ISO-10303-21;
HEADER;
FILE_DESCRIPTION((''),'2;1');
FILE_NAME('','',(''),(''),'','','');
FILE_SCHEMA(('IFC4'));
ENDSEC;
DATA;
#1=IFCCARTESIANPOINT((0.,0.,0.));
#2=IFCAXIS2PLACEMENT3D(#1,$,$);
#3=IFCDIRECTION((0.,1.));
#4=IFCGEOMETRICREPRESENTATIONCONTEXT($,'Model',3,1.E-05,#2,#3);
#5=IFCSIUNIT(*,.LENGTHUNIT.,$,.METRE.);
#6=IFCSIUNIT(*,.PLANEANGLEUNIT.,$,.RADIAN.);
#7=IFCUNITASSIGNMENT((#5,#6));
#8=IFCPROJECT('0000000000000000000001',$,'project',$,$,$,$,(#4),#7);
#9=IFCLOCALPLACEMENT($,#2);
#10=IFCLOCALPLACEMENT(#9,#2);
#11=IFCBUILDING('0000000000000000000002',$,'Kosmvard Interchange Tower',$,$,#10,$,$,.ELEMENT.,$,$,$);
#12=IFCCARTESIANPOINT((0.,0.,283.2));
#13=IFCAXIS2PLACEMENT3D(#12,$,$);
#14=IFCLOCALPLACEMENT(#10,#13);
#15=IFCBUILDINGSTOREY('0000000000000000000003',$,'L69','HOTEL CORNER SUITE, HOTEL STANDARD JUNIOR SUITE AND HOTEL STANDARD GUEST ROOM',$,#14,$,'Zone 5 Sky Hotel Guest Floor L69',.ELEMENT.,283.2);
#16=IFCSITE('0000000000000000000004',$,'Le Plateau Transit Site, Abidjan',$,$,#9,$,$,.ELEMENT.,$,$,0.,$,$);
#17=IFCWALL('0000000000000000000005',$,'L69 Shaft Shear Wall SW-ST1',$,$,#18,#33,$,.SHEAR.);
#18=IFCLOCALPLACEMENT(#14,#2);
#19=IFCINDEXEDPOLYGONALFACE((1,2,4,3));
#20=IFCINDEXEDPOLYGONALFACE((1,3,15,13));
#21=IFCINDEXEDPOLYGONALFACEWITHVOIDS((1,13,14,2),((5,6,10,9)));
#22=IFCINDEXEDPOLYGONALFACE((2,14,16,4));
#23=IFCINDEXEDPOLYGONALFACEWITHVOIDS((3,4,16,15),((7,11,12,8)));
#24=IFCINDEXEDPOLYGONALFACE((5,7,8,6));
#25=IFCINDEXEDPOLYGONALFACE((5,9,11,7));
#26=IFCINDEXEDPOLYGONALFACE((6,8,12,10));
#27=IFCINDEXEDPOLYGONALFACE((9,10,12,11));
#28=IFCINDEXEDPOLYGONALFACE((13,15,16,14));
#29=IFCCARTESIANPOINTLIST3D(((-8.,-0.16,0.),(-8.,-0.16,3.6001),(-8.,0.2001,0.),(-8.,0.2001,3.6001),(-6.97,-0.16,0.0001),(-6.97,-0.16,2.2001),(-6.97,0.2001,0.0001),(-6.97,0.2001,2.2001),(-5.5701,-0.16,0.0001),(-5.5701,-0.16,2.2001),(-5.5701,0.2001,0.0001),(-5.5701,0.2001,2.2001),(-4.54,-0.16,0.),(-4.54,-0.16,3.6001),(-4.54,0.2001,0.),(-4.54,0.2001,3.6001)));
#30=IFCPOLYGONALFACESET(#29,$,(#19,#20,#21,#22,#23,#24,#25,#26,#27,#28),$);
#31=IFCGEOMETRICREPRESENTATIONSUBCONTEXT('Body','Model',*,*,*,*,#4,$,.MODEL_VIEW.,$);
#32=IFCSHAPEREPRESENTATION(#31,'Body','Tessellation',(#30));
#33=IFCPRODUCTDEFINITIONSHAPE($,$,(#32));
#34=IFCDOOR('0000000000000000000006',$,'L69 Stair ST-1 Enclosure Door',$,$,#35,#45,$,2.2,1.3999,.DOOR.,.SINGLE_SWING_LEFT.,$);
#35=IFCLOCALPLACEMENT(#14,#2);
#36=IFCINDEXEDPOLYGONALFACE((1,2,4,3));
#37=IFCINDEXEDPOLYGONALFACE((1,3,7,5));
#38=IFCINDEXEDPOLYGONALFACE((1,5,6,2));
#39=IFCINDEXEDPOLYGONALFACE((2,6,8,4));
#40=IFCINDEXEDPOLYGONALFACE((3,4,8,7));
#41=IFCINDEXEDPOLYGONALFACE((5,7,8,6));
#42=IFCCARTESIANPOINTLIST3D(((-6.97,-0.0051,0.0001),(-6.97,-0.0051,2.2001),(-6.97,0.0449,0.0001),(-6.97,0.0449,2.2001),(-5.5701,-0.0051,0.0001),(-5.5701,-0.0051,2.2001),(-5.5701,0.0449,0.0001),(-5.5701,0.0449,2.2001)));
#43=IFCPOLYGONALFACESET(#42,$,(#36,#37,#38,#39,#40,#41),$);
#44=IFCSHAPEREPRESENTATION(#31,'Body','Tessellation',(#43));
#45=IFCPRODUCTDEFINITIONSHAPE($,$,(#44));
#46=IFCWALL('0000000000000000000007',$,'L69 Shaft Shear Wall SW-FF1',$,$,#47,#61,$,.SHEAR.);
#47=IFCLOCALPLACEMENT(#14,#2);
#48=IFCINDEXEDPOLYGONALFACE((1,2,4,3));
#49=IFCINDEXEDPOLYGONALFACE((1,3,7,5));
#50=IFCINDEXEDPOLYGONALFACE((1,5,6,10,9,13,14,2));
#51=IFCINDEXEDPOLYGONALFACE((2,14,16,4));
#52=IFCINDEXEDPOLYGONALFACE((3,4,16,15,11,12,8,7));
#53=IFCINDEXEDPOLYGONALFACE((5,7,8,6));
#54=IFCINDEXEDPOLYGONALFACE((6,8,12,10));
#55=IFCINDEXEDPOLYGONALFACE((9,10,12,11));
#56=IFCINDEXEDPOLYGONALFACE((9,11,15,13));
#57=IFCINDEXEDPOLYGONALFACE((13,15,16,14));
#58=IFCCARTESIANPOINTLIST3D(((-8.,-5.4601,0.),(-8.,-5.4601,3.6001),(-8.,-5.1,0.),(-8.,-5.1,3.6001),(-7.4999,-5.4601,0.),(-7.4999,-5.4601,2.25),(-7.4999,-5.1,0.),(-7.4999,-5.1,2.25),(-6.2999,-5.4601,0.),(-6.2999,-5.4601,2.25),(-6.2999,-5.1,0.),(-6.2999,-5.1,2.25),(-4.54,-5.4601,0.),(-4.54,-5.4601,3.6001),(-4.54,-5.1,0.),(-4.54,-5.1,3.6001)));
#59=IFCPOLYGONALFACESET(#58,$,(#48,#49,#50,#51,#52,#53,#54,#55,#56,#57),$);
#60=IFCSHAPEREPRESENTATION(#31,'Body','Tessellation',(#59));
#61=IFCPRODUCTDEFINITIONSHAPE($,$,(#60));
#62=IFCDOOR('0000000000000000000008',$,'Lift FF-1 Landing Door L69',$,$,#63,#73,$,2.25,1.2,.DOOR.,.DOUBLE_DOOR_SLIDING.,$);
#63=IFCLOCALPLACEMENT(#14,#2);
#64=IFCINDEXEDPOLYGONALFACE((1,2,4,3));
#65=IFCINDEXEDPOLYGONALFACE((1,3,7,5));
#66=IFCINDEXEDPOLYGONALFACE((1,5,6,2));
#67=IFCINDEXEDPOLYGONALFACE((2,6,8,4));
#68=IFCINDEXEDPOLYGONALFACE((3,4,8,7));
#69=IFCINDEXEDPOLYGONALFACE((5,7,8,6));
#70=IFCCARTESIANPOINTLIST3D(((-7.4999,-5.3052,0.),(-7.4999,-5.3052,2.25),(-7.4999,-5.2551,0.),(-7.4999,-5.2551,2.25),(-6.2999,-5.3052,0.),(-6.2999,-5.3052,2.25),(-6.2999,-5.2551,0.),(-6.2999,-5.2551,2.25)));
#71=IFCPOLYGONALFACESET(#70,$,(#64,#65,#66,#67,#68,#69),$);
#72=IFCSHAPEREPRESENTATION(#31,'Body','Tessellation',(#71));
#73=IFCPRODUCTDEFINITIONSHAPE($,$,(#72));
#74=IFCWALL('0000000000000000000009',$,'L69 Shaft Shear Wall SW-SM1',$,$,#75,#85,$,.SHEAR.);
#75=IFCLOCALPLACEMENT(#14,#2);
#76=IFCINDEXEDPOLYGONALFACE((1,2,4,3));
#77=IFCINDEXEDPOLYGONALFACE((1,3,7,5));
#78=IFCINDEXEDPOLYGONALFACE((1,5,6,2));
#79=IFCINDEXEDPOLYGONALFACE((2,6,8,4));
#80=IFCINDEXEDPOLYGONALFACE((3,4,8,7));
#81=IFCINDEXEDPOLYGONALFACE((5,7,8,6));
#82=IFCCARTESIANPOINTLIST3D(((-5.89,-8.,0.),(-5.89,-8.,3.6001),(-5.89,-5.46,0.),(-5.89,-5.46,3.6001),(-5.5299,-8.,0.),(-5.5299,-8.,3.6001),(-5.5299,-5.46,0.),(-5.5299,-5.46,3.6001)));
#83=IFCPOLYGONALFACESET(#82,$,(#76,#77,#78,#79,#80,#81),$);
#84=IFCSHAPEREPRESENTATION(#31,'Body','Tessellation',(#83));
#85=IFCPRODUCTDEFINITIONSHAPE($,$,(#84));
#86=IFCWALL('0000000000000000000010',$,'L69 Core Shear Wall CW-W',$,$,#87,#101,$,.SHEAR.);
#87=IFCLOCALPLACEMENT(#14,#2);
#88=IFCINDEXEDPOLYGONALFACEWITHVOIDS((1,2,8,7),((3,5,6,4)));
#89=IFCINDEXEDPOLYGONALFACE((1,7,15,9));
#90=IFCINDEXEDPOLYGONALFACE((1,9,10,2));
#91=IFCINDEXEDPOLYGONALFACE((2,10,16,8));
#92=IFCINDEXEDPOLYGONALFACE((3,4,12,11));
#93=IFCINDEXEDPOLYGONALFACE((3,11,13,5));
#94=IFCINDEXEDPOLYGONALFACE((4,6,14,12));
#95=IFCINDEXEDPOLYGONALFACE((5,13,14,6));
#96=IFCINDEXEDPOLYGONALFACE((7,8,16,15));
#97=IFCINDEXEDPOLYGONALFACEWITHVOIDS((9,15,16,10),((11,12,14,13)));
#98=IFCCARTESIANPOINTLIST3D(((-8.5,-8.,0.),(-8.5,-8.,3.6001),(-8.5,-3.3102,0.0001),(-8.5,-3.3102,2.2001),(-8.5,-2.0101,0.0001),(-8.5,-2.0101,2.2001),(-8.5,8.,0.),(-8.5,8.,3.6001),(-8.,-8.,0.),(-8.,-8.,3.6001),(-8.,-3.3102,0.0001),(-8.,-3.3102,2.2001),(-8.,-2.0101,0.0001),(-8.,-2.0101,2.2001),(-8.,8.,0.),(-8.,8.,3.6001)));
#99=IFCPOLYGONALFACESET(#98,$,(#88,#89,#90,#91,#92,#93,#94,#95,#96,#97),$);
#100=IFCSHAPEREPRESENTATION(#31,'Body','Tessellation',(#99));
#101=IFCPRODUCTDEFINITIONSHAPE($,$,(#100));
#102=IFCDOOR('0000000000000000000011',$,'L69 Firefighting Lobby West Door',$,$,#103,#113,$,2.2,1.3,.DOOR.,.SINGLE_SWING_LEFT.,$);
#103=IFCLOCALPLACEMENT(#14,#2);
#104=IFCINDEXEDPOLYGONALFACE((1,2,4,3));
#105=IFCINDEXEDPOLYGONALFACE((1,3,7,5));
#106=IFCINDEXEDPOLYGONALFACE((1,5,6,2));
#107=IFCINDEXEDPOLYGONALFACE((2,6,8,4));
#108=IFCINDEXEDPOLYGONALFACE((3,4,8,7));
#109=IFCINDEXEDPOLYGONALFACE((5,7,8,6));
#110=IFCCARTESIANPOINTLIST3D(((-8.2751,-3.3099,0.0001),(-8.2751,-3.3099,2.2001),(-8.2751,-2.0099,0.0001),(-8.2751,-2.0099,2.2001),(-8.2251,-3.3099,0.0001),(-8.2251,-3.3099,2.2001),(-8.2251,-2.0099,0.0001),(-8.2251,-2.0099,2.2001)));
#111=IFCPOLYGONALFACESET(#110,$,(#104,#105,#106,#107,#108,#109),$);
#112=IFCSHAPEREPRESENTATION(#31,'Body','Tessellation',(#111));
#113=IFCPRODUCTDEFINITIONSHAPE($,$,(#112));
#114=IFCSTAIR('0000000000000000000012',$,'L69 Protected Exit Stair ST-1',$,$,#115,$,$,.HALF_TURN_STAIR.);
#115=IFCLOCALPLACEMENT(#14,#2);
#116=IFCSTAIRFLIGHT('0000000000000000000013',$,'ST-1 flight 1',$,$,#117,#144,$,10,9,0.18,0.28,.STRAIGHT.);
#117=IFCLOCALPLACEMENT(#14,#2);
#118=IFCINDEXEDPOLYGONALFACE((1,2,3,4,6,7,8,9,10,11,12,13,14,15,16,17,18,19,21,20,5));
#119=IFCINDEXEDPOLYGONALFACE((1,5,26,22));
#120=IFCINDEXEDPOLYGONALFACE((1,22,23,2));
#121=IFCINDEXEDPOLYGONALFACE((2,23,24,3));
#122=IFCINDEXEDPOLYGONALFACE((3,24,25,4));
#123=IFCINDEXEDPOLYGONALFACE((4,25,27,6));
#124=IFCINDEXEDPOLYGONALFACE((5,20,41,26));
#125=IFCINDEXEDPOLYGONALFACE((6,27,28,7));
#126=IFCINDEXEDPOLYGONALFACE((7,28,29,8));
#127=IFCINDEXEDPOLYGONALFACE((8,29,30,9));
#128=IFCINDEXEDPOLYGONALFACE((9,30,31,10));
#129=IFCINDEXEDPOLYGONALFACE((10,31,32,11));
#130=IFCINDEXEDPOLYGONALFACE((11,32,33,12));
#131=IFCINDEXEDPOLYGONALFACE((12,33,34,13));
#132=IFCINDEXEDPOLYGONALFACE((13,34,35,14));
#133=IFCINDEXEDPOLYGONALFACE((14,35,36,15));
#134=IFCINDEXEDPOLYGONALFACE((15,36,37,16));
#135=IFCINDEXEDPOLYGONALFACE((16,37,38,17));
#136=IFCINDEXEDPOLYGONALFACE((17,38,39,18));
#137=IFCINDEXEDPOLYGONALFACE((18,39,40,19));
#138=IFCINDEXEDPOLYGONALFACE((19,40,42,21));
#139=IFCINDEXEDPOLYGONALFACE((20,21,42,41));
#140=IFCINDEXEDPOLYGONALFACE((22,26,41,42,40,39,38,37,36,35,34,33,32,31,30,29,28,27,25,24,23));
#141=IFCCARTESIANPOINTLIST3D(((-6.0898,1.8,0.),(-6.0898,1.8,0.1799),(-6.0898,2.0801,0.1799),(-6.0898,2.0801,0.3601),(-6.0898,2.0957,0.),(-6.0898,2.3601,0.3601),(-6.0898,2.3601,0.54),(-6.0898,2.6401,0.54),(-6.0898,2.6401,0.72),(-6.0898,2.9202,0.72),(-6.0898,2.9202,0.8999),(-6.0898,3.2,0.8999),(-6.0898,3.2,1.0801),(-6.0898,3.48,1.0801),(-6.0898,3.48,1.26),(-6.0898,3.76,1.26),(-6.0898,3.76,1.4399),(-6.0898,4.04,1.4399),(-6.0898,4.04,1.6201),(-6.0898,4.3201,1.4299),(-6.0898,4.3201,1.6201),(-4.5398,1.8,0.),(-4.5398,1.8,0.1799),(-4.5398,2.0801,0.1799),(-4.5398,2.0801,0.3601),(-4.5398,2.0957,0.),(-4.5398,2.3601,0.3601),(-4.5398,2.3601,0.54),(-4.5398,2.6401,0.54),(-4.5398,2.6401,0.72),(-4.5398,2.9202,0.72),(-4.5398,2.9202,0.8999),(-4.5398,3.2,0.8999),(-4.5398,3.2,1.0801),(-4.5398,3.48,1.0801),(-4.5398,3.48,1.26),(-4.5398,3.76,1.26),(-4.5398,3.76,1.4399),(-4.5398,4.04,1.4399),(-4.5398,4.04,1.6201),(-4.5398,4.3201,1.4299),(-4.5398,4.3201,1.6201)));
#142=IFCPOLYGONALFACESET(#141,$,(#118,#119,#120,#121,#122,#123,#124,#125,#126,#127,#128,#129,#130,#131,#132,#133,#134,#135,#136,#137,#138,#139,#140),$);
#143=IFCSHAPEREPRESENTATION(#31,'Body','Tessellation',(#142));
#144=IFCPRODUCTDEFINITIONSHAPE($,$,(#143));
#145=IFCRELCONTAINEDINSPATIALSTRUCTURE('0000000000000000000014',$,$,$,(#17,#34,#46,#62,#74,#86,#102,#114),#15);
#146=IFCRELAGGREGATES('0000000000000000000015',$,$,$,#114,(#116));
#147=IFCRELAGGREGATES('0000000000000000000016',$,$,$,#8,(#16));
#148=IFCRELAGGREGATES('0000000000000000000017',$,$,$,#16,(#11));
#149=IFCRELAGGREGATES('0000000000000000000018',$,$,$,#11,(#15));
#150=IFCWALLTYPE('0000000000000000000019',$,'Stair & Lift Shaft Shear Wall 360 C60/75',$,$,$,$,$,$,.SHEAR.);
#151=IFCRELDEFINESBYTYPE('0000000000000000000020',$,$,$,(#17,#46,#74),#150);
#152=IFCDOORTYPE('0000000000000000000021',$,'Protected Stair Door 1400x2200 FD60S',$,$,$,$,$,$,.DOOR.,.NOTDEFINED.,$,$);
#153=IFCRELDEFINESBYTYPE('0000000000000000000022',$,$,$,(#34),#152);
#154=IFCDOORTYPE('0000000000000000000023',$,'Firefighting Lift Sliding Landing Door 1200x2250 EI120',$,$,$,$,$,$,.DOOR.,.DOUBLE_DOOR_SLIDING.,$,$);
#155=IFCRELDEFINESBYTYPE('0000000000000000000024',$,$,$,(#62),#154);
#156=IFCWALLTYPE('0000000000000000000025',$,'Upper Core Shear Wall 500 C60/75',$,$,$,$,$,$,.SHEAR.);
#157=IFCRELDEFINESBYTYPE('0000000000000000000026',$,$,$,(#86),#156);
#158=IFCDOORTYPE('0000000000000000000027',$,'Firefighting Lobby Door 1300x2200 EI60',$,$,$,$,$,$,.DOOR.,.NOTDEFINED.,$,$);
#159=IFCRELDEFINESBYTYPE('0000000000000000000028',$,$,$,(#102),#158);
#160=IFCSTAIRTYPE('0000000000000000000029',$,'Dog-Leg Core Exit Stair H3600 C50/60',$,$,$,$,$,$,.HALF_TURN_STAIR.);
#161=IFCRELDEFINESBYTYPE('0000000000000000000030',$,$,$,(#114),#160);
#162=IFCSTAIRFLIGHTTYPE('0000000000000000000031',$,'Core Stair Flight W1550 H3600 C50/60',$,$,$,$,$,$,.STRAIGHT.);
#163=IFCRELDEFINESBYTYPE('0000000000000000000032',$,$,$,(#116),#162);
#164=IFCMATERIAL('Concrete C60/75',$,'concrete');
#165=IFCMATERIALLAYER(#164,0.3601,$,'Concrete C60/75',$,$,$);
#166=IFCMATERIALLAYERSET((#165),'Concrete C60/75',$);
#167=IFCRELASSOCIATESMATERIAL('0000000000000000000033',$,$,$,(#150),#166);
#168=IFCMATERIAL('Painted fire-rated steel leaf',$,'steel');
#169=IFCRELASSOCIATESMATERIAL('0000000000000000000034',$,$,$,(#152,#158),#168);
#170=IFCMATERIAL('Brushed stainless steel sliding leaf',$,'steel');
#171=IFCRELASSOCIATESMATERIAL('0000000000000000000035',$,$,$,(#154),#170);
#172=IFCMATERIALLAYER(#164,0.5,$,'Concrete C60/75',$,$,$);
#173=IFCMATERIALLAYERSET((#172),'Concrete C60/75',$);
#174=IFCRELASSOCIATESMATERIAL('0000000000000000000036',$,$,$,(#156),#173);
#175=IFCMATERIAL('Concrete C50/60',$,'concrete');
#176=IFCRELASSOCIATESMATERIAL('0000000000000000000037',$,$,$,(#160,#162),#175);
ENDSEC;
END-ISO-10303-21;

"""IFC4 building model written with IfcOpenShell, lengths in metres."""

from ifc_helpers import new_model, si_unit, direction, frame, frame_2d, origin, place, context, subcontext, project, spatial, polyline, rectangle, outline, extrude, source, transform, mapped, material, layer, layer_set, type_object, element, fill, aggregate, save


model = new_model("IFC4")

# Units and contexts
model_context = context("Model", 3, precision=1e-05, world=origin(), true_north=direction((0.0, 1.0)))
body_context = subcontext(model_context, "Body", "Model", "MODEL_VIEW")
ifc_project = project(units=[si_unit("LENGTHUNIT", "METRE"), si_unit("PLANEANGLEUNIT", "RADIAN")], contexts=[model_context])

# Site, building, storey
site_placement = place(None, origin())
site = spatial("IfcSite", under=ifc_project, at=site_placement, Name="Le Plateau Transit Site, Abidjan", CompositionType="ELEMENT", RefElevation=0.0)
building_placement = place(site_placement, origin())
building = spatial("IfcBuilding", under=site, at=building_placement, Name="Kosmvard Interchange Tower", CompositionType="ELEMENT")
storey_placement = place(building_placement, frame((0.0, 0.0, 283.2)))
storey = spatial("IfcBuildingStorey", under=building, at=storey_placement, Name="L69", Description="HOTEL CORNER SUITE, HOTEL STANDARD JUNIOR SUITE AND HOTEL STANDARD GUEST ROOM", LongName="Zone 5 Sky Hotel Guest Floor L69", CompositionType="ELEMENT", Elevation=283.2)

# Shared definitions
ifc_material_1 = material(Name="Painted fire-rated steel leaf", Category="steel")
ifc_material_2 = material(Name="Brushed stainless steel sliding leaf", Category="steel")

# Shared definitions
ifc_material_3 = material(Name="Concrete C60/75", Category="concrete")
ifc_layer_1 = layer(ifc_material_3, 0.3601, Name="Concrete C60/75")
ifc_layer_set_1 = layer_set([ifc_layer_1], Name="Concrete C60/75")
wall_type_1 = type_object("IfcWallType", Name="Stair & Lift Shaft Shear Wall 360 C60/75", PredefinedType="SHEAR", material=ifc_layer_set_1)

# Walls, openings, doors
wall_1_placement = place(storey_placement, frame((-8.0, 0.02, 0.0), z_axis=(0.0, 0.0, 1.0), x_axis=(1.0, 0.0, 0.0)))
wall_1 = element("IfcWall", 1, at=wall_1_placement, inside=storey, type_object=wall_type_1, Name="L69 Shaft Shear Wall SW-ST1", PredefinedType="SHEAR", context=body_context, shape_type="SweptSolid", body=[
    extrude(rectangle(XDim=3.46, YDim=0.3601, at=frame_2d((1.73, 0.0))), origin(), (0.0, 0.0, 1.0), 3.6001),
])
opening_1_placement = place(wall_1_placement, frame((1.03, 0.0, 0.0)))
opening_1 = element("IfcOpeningElement", 2, at=opening_1_placement, cuts=wall_1, PredefinedType="OPENING", context=body_context, shape_type="SweptSolid", body=[
    extrude(rectangle(XDim=1.3999, YDim=2.2, at=frame_2d((0.7, 1.1001))), frame((0.0, 0.1899, 0.0), z_axis=(0.0, -1.0, 0.0), x_axis=(1.0, 0.0, 0.0)), (0.0, 0.0, 1.0), 0.3801),
])
door_type_1 = type_object("IfcDoorType", Name="Protected Stair Door 1400x2200 FD60S", OperationType="NOTDEFINED", PredefinedType="DOOR", material=ifc_material_1)
shared_shape_1 = source(origin(), body_context, "Body", "SweptSolid", [
    extrude(rectangle(XDim=1.3999, YDim=2.2, at=frame_2d((0.7, 1.1001))), frame((0.0, 0.0249, 0.0), z_axis=(0.0, -1.0, 0.0), x_axis=(1.0, 0.0, 0.0)), (0.0, 0.0, 1.0), 0.05),
])
door_1_placement = place(opening_1_placement, origin())
door_1 = element("IfcDoor", 3, at=door_1_placement, inside=storey, type_object=door_type_1, Name="L69 Stair ST-1 Enclosure Door", OperationType="SINGLE_SWING_LEFT", OverallHeight=2.2, OverallWidth=1.3999, PredefinedType="DOOR", context=body_context, shape_type="MappedRepresentation", body=[
    mapped(shared_shape_1, transform((0.0, 0.0, 0.0), scale=1.0)),
])
fill(opening_1, door_1)
wall_2_placement = place(storey_placement, frame((-8.0, -5.28, 0.0), z_axis=(0.0, 0.0, 1.0), x_axis=(1.0, 0.0, 0.0)))
wall_2 = element("IfcWall", 4, at=wall_2_placement, inside=storey, type_object=wall_type_1, Name="L69 Shaft Shear Wall SW-FF1", PredefinedType="SHEAR", context=body_context, shape_type="SweptSolid", body=[
    extrude(rectangle(XDim=3.46, YDim=0.3601, at=frame_2d((1.73, 0.0))), origin(), (0.0, 0.0, 1.0), 3.6001),
])
opening_2_placement = place(wall_2_placement, frame((0.5, 0.0, 0.0)))
opening_2 = element("IfcOpeningElement", 5, at=opening_2_placement, cuts=wall_2, PredefinedType="OPENING", context=body_context, shape_type="SweptSolid", body=[
    extrude(rectangle(XDim=1.2, YDim=2.25, at=frame_2d((0.6001, 1.125))), frame((0.0, 0.1899, 0.0), z_axis=(0.0, -1.0, 0.0), x_axis=(1.0, 0.0, 0.0)), (0.0, 0.0, 1.0), 0.3801),
])
door_type_2 = type_object("IfcDoorType", Name="Firefighting Lift Sliding Landing Door 1200x2250 EI120", OperationType="DOUBLE_DOOR_SLIDING", PredefinedType="DOOR", material=ifc_material_2)
shared_shape_2 = source(origin(), body_context, "Body", "SweptSolid", [
    extrude(rectangle(XDim=1.2, YDim=2.25, at=frame_2d((0.6001, 1.125))), frame((0.0, 0.0249, 0.0), z_axis=(0.0, -1.0, 0.0), x_axis=(1.0, 0.0, 0.0)), (0.0, 0.0, 1.0), 0.05),
])
door_2_placement = place(opening_2_placement, origin())
door_2 = element("IfcDoor", 6, at=door_2_placement, inside=storey, type_object=door_type_2, Name="Lift FF-1 Landing Door L69", OperationType="DOUBLE_DOOR_SLIDING", OverallHeight=2.25, OverallWidth=1.2, PredefinedType="DOOR", context=body_context, shape_type="MappedRepresentation", body=[
    mapped(shared_shape_2, transform((0.0, 0.0, 0.0), scale=1.0)),
])
fill(opening_2, door_2)

# Wall
wall_3_placement = place(storey_placement, frame((-5.71, -8.0, 0.0), z_axis=(0.0, 0.0, 1.0), x_axis=(0.0, 1.0, 0.0)))
element("IfcWall", 7, at=wall_3_placement, inside=storey, type_object=wall_type_1, Name="L69 Shaft Shear Wall SW-SM1", PredefinedType="SHEAR", context=body_context, shape_type="SweptSolid", body=[
    extrude(rectangle(XDim=2.54, YDim=0.3601, at=frame_2d((1.27, 0.0))), origin(), (0.0, 0.0, 1.0), 3.6001),
])

# Wall, opening, door
ifc_layer_2 = layer(ifc_material_3, 0.5, Name="Concrete C60/75")
ifc_layer_set_2 = layer_set([ifc_layer_2], Name="Concrete C60/75")
wall_type_2 = type_object("IfcWallType", Name="Upper Core Shear Wall 500 C60/75", PredefinedType="SHEAR", material=ifc_layer_set_2)
wall_4_placement = place(storey_placement, frame((-8.25, -8.0, 0.0), z_axis=(0.0, 0.0, 1.0), x_axis=(0.0, 1.0, 0.0)))
wall_4 = element("IfcWall", 8, at=wall_4_placement, inside=storey, type_object=wall_type_2, Name="L69 Core Shear Wall CW-W", PredefinedType="SHEAR", context=body_context, shape_type="SweptSolid", body=[
    extrude(rectangle(XDim=16.0, YDim=0.5, at=frame_2d((8.0, 0.0))), origin(), (0.0, 0.0, 1.0), 3.6001),
])
opening_3_placement = place(wall_4_placement, frame((4.6899, 0.0, 0.0)))
opening_3 = element("IfcOpeningElement", 9, at=opening_3_placement, cuts=wall_4, PredefinedType="OPENING", context=body_context, shape_type="SweptSolid", body=[
    extrude(rectangle(XDim=1.3, YDim=2.2, at=frame_2d((0.6499, 1.1001))), frame((0.0, 0.26, 0.0), z_axis=(0.0, -1.0, 0.0), x_axis=(1.0, 0.0, 0.0)), (0.0, 0.0, 1.0), 0.52),
])
door_type_3 = type_object("IfcDoorType", Name="Firefighting Lobby Door 1300x2200 EI60", OperationType="NOTDEFINED", PredefinedType="DOOR", material=ifc_material_1)
shared_shape_3 = source(origin(), body_context, "Body", "SweptSolid", [
    extrude(rectangle(XDim=1.3, YDim=2.2, at=frame_2d((0.6499, 1.1001))), frame((0.0, 0.0249, 0.0), z_axis=(0.0, -1.0, 0.0), x_axis=(1.0, 0.0, 0.0)), (0.0, 0.0, 1.0), 0.05),
])
door_3_placement = place(opening_3_placement, frame((1.3, 0.0, 0.0), z_axis=(0.0, 0.0, 1.0), x_axis=(-1.0, 0.0, 0.0)))
door_3 = element("IfcDoor", 10, at=door_3_placement, inside=storey, type_object=door_type_3, Name="L69 Firefighting Lobby West Door", OperationType="SINGLE_SWING_LEFT", OverallHeight=2.2, OverallWidth=1.3, PredefinedType="DOOR", context=body_context, shape_type="MappedRepresentation", body=[
    mapped(shared_shape_3, transform((0.0, 0.0, 0.0), scale=1.0)),
])
fill(opening_3, door_3)

# Stair, stair flight
ifc_material_4 = material(Name="Concrete C50/60", Category="concrete")
stair_type = type_object("IfcStairType", Name="Dog-Leg Core Exit Stair H3600 C50/60", PredefinedType="HALF_TURN_STAIR", material=ifc_material_4)
stair_placement = place(storey_placement, origin())
stair = element("IfcStair", 11, at=stair_placement, inside=storey, type_object=stair_type, Name="L69 Protected Exit Stair ST-1", PredefinedType="HALF_TURN_STAIR")
stair_flight_type = type_object("IfcStairFlightType", Name="Core Stair Flight W1550 H3600 C50/60", PredefinedType="STRAIGHT", material=ifc_material_4)
shared_shape_4 = source(origin(), body_context, "Body", "SweptSolid", [
    extrude(outline(polyline([(0.0, 0.0), (0.0, 0.1799), (0.28, 0.1799), (0.28, 0.3601), (0.5601, 0.3601), (0.5601, 0.54), (0.8401, 0.54), (0.8401, 0.72), (1.1201, 0.72), (1.1201, 0.8999), (1.3999, 0.8999), (1.3999, 1.0801), (1.6799, 1.0801), (1.6799, 1.26), (1.96, 1.26), (1.96, 1.4399), (2.24, 1.4399), (2.24, 1.6201), (2.52, 1.6201), (2.52, 1.8), (2.52, 1.4299), (0.2957, 0.0), (0.0, 0.0)])), frame((0.0, 0.7749, 0.0), z_axis=(0.0, -1.0, 0.0), x_axis=(1.0, 0.0, 0.0)), (0.0, 0.0, 1.0), 1.55),
])
stair_flight_placement = place(storey_placement, frame((-5.3149, 1.8, 0.0), z_axis=(0.0, 0.0, 1.0), x_axis=(0.0, 1.0, 0.0)))
stair_flight = element("IfcStairFlight", 12, at=stair_flight_placement, type_object=stair_flight_type, Name="ST-1 flight 1", NumberOfRisers=10, NumberOfTreads=9, PredefinedType="STRAIGHT", RiserHeight=0.18, TreadLength=0.28, context=body_context, shape_type="MappedRepresentation", body=[
    mapped(shared_shape_4, transform((0.0, 0.0, 0.0), scale=1.0)),
])
aggregate(stair, [stair_flight])

save(model, "model.ifc")
